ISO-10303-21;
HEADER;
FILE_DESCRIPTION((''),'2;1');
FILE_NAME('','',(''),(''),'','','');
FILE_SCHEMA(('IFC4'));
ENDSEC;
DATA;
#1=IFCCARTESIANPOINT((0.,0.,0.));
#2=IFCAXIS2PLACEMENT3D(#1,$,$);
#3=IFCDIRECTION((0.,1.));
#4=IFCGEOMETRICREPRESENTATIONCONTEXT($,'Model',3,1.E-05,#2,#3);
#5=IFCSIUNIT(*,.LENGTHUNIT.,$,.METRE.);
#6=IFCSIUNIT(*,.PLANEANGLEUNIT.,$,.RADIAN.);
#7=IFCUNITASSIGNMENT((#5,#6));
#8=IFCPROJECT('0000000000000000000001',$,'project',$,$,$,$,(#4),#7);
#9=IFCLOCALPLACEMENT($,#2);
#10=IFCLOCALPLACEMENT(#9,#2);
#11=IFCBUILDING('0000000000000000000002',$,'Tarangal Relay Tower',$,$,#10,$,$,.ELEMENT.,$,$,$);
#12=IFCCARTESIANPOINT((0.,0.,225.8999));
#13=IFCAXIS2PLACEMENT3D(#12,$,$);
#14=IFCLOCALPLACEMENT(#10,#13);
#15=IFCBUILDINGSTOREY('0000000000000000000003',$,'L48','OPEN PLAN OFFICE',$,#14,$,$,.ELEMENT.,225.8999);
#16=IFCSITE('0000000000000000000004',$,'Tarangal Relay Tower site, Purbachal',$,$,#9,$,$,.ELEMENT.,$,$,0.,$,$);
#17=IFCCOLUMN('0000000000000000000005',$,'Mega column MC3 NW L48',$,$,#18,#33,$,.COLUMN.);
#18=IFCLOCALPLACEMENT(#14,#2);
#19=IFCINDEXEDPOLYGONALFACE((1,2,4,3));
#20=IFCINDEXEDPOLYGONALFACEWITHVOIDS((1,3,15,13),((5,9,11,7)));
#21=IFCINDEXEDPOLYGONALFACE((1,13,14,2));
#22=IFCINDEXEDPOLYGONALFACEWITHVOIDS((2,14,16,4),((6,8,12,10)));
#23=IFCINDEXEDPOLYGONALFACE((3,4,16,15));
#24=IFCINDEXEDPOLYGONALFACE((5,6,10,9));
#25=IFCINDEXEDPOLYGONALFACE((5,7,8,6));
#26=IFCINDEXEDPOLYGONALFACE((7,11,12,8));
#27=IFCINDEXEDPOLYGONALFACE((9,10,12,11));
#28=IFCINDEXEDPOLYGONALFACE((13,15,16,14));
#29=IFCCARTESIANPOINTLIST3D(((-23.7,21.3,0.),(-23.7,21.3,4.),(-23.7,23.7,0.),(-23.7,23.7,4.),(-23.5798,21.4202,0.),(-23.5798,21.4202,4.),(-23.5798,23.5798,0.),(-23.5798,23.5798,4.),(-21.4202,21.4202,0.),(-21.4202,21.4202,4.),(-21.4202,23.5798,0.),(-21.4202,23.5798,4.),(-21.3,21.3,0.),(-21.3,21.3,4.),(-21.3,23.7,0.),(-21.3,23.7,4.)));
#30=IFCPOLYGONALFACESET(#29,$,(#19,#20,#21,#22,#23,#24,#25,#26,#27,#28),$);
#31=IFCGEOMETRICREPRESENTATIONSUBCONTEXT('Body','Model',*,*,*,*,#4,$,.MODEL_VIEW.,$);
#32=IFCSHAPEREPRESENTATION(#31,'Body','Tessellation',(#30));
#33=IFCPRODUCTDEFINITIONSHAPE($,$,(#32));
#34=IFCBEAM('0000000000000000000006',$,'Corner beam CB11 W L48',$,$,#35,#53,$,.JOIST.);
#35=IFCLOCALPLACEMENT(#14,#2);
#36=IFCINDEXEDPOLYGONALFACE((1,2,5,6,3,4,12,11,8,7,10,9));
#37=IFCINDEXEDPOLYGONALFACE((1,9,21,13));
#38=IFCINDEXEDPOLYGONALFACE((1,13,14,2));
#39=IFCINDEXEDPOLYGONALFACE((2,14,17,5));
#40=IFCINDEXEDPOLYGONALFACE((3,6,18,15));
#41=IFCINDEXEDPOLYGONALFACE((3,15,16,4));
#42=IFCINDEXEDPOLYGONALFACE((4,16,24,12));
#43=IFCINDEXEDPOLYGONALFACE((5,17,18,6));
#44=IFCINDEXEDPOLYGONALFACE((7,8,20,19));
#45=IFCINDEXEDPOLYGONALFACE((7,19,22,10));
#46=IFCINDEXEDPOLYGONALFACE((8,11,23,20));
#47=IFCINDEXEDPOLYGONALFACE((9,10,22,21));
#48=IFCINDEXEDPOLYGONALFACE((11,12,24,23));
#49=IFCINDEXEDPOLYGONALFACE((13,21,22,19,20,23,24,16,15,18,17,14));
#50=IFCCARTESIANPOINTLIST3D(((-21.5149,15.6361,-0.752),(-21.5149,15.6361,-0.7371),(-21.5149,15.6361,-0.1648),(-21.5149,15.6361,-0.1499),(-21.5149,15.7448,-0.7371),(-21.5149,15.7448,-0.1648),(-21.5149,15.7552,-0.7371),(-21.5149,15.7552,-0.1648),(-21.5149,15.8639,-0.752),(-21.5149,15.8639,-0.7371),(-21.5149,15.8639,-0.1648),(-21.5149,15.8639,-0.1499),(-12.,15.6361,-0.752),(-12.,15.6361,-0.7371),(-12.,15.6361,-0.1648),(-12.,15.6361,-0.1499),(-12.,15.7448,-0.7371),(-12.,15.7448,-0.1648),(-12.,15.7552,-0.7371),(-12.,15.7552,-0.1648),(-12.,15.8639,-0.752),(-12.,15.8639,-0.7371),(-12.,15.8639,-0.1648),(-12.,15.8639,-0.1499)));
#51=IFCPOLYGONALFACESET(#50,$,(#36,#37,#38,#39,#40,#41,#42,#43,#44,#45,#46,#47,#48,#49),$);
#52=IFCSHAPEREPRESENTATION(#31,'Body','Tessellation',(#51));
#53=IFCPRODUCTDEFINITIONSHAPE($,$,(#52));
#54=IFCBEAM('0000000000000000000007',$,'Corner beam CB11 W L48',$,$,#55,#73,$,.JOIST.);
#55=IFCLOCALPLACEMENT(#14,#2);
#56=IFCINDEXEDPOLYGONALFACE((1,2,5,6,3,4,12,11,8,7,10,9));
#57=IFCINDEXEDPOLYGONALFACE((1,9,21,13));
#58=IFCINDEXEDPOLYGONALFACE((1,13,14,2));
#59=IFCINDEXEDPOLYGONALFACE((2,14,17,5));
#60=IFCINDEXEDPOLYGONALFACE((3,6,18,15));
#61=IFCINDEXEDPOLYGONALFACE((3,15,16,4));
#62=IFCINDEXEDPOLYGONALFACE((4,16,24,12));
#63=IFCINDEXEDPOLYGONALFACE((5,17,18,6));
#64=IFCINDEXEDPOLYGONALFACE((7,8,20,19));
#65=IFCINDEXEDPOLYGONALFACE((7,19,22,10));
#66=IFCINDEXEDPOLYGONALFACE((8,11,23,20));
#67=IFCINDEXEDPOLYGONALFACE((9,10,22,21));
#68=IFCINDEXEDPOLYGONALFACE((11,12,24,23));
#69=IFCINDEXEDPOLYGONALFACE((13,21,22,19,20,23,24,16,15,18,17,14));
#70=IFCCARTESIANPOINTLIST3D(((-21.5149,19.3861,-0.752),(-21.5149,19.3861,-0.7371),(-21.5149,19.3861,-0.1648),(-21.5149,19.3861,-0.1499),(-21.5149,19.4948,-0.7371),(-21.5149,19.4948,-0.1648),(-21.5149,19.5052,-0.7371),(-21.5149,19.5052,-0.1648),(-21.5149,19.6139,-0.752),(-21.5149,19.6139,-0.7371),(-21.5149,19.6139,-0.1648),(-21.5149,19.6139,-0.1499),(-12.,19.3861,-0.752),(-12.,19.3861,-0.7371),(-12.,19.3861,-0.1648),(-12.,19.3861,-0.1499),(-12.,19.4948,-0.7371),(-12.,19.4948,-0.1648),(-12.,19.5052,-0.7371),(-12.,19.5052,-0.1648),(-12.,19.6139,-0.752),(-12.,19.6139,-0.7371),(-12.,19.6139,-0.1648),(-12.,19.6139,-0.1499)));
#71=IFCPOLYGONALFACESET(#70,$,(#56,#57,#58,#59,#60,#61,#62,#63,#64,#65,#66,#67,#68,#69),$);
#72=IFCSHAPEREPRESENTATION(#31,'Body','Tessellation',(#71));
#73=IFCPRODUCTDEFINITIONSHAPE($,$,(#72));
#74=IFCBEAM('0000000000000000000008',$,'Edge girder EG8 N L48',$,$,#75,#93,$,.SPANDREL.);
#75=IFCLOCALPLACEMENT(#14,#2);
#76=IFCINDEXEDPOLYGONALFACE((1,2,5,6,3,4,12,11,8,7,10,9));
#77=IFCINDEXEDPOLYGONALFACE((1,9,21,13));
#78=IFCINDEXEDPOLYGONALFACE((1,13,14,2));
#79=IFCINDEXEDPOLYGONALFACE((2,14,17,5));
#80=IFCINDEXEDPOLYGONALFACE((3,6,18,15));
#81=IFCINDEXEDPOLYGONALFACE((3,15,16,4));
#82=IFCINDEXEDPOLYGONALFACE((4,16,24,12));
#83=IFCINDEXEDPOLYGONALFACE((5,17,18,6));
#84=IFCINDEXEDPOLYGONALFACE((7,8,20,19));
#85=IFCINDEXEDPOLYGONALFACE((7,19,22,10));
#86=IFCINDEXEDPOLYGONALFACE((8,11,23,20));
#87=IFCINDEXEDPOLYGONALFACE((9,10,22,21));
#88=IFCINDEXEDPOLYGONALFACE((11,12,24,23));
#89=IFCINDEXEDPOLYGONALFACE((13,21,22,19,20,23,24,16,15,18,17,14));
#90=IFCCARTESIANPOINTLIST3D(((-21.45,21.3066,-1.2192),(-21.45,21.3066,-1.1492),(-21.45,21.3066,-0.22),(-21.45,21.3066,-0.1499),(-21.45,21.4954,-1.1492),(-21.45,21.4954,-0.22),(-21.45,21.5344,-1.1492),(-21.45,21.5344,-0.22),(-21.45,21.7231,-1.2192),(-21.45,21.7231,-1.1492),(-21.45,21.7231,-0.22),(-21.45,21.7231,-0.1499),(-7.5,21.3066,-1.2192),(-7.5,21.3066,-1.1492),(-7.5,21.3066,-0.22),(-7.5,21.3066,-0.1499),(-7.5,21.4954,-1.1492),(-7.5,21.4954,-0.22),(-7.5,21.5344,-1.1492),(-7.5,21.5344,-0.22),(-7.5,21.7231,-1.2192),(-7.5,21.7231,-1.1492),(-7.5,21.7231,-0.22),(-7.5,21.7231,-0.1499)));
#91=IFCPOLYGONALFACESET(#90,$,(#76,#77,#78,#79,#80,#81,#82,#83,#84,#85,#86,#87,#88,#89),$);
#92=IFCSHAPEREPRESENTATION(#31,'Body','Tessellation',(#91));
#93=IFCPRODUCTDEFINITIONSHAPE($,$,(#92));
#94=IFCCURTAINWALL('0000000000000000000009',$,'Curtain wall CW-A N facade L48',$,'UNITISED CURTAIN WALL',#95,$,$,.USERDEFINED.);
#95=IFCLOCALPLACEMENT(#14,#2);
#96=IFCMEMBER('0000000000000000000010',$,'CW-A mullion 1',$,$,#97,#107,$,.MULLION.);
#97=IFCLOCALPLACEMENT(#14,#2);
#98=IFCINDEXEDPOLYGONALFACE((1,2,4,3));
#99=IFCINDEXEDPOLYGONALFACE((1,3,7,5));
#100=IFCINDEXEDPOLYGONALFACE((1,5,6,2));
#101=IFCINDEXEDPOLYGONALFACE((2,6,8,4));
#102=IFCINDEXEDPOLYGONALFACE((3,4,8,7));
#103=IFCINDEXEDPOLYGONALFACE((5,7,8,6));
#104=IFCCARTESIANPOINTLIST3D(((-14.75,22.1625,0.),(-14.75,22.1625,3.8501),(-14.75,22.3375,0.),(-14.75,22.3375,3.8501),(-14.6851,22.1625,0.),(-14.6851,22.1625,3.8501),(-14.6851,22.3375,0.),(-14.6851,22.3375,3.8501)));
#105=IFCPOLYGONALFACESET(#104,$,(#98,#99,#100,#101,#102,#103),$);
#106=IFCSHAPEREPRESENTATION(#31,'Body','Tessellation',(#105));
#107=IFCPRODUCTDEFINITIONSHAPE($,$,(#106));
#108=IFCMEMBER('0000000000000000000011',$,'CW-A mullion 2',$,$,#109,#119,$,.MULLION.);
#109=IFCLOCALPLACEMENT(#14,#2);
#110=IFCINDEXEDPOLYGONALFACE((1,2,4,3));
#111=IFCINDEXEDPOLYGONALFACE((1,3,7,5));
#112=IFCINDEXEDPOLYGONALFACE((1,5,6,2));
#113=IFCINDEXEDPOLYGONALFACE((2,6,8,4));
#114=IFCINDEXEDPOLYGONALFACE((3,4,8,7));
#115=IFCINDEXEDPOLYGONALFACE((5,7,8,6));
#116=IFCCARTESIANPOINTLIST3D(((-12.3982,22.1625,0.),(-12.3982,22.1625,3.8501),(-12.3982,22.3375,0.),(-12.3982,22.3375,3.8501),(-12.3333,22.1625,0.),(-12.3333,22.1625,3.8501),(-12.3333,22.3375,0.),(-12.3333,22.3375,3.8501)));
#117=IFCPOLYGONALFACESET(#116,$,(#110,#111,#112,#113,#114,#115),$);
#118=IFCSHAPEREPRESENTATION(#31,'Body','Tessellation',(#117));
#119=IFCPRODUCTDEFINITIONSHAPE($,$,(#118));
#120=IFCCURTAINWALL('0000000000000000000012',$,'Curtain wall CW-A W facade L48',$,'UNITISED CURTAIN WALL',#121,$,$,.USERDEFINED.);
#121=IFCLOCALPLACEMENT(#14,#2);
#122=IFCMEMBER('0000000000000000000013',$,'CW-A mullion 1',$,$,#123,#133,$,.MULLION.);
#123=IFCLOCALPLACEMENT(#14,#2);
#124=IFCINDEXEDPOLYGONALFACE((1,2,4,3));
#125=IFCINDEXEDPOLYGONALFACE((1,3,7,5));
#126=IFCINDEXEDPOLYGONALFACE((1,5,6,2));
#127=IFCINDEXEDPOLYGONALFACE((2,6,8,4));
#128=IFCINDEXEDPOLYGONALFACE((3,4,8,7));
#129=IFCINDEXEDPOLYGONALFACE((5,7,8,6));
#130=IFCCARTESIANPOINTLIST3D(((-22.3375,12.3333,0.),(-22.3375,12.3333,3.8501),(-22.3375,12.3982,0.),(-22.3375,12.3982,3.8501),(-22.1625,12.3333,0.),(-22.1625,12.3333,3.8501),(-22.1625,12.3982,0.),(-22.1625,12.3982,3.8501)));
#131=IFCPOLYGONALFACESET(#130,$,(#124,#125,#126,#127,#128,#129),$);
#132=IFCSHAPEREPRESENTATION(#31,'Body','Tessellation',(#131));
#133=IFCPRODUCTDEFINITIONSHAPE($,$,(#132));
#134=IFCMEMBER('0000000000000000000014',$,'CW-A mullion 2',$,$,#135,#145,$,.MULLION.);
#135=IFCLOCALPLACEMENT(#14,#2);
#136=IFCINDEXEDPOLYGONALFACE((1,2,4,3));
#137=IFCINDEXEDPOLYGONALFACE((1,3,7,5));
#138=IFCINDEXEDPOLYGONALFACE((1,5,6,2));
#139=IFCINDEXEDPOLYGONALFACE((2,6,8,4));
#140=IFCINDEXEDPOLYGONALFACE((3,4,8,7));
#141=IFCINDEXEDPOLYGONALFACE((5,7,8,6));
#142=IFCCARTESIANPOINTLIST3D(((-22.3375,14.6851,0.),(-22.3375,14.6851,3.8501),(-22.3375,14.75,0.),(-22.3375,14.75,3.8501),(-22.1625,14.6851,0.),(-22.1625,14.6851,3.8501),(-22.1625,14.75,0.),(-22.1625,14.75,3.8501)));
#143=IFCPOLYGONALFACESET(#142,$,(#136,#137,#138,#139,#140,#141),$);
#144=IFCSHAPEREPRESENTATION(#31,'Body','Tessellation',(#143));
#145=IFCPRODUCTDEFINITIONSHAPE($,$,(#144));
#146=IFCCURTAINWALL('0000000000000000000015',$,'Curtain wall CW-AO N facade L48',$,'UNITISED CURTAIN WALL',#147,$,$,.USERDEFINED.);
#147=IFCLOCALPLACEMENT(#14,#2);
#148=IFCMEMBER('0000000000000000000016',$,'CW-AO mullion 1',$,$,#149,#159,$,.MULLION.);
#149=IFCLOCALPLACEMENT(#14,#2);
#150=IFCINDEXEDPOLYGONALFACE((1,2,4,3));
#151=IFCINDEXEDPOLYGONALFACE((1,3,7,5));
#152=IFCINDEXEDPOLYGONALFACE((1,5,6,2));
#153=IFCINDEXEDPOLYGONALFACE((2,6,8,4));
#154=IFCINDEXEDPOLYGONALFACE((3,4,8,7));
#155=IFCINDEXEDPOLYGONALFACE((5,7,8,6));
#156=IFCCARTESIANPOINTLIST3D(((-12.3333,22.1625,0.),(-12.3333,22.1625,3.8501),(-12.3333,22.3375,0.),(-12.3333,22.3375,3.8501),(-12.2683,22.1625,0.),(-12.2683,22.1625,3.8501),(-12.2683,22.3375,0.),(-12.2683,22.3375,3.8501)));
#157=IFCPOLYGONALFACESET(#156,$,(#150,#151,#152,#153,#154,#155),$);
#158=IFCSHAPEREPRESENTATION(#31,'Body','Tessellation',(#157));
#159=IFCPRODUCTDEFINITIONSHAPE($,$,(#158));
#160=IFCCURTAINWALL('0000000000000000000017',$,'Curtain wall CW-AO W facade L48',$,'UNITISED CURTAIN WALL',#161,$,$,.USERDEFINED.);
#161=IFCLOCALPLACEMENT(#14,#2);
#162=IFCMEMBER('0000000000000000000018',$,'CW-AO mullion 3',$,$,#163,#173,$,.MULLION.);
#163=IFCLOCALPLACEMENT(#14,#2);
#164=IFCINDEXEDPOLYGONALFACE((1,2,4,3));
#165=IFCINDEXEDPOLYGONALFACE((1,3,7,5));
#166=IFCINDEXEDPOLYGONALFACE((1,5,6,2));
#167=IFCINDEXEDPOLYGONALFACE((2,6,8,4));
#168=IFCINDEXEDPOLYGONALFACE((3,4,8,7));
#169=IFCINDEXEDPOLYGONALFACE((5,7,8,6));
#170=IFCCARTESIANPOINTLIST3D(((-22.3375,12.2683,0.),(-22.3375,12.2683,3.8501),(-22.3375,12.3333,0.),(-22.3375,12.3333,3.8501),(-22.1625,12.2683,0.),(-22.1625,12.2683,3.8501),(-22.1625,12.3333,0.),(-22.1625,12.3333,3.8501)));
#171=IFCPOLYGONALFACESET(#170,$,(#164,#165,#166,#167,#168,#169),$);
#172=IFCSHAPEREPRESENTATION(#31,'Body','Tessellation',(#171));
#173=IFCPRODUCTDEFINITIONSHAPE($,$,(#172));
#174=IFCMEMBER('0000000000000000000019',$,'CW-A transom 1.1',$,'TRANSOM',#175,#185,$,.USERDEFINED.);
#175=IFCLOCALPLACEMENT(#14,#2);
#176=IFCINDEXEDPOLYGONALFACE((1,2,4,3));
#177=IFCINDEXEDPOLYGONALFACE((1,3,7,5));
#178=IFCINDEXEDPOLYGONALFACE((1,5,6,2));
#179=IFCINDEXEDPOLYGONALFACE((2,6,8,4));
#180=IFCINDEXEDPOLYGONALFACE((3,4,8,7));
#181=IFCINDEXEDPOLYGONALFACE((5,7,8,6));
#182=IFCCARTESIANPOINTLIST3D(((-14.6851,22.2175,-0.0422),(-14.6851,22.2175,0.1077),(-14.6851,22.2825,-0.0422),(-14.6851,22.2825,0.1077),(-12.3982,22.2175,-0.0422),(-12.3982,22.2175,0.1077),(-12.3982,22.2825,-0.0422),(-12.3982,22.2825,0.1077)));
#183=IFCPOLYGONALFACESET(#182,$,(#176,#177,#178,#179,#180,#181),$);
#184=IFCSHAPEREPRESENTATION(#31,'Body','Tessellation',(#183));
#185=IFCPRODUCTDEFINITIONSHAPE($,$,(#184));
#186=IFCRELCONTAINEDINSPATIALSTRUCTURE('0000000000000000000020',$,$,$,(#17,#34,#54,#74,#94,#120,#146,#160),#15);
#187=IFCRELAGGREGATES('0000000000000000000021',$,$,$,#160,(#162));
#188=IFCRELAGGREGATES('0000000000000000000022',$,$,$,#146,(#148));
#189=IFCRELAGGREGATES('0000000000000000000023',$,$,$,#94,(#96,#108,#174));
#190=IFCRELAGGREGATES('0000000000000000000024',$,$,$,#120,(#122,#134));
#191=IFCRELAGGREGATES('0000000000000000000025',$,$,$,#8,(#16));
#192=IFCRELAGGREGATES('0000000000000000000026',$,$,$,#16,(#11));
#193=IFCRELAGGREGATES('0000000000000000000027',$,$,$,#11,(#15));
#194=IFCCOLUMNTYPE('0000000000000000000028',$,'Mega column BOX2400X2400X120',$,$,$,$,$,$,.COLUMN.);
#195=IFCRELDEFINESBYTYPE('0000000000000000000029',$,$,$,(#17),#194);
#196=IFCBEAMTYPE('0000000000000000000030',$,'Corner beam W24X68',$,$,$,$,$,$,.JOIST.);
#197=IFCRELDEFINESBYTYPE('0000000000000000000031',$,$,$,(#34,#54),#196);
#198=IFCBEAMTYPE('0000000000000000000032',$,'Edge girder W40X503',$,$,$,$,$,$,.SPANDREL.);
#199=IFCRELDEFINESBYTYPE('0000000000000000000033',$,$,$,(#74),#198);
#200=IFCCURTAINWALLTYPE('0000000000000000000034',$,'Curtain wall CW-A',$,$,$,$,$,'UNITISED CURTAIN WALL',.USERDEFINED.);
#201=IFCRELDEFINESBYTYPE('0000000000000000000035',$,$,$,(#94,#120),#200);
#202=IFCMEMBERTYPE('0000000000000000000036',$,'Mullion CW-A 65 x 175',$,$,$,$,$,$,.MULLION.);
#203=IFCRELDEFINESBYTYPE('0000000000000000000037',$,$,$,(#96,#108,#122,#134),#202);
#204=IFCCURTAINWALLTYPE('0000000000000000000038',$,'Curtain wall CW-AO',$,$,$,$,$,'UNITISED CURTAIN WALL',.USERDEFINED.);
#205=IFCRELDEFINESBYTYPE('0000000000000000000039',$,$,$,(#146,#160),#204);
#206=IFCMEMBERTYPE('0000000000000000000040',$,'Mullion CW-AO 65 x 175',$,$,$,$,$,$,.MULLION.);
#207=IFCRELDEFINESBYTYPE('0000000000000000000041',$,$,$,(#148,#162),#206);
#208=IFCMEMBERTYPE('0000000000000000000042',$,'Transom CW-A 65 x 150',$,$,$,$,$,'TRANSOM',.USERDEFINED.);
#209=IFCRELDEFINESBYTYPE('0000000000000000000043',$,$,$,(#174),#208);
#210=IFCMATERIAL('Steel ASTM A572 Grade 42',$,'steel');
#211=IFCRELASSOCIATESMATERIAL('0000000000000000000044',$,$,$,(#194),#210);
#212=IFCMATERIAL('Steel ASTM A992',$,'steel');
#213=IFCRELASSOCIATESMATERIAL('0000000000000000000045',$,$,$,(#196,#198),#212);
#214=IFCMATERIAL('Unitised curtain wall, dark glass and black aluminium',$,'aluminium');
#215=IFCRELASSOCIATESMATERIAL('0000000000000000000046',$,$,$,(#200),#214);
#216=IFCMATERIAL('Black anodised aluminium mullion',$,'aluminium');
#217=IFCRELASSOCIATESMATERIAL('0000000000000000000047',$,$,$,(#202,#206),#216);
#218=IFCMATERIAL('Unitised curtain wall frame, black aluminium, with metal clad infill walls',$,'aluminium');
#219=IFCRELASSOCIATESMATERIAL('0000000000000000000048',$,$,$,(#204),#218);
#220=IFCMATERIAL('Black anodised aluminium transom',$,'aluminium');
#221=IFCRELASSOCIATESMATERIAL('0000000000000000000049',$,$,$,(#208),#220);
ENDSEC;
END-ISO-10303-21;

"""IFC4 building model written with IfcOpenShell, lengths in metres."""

from ifc_helpers import new_model, si_unit, direction, frame, origin, origin_2d, place, context, subcontext, project, spatial, rectangle, hollow_rectangle, i_section, extrude, material, material_profile, profile_set, type_object, element, aggregate, save


model = new_model("IFC4")

# Units and contexts
model_context = context("Model", 3, precision=1e-05, world=origin(), true_north=direction((0.0, 1.0)))
body_context = subcontext(model_context, "Body", "Model", "MODEL_VIEW")
ifc_project = project(units=[si_unit("LENGTHUNIT", "METRE"), si_unit("PLANEANGLEUNIT", "RADIAN")], contexts=[model_context])

# Site, building, storey
site_placement = place(None, origin())
site = spatial("IfcSite", under=ifc_project, at=site_placement, Name="Tarangal Relay Tower site, Purbachal", CompositionType="ELEMENT", RefElevation=0.0)
building_placement = place(site_placement, origin())
building = spatial("IfcBuilding", under=site, at=building_placement, Name="Tarangal Relay Tower", CompositionType="ELEMENT")
storey_placement = place(building_placement, frame((0.0, 0.0, 225.8999)))
storey = spatial("IfcBuildingStorey", under=building, at=storey_placement, Name="L48", Description="OPEN PLAN OFFICE", CompositionType="ELEMENT", Elevation=225.8999)

# Column
ifc_material_1 = material(Name="Steel ASTM A572 Grade 42", Category="steel")
ifc_material_profile_1 = material_profile(ifc_material_1, hollow_rectangle(XDim=2.3999, YDim=2.3999, WallThickness=0.1201, at=origin_2d()), Name="BOX2400X2400X120")
ifc_profile_set_1 = profile_set([ifc_material_profile_1], Name="Steel ASTM A572 Grade 42")
column_type = type_object("IfcColumnType", Name="Mega column BOX2400X2400X120", PredefinedType="COLUMN", material=ifc_profile_set_1)
column_placement = place(storey_placement, frame((-22.5, 22.5, 0.0), z_axis=(0.0, 0.0, 1.0), x_axis=(1.0, 0.0, 0.0)))
element("IfcColumn", 1, at=column_placement, inside=storey, type_object=column_type, Name="Mega column MC3 NW L48", PredefinedType="COLUMN", context=body_context, shape_type="SweptSolid", body=[
    extrude(hollow_rectangle(XDim=2.3999, YDim=2.3999, WallThickness=0.1201, at=origin_2d()), origin(), (0.0, 0.0, 1.0), 4.0),
])

# Beams
ifc_material_2 = material(Name="Steel ASTM A992", Category="steel")
ifc_material_profile_2 = material_profile(ifc_material_2, i_section(OverallWidth=0.2278, OverallDepth=0.6021, WebThickness=0.0105, FlangeThickness=0.0149, at=origin_2d()), Name="W24X68")
ifc_profile_set_2 = profile_set([ifc_material_profile_2], Name="Steel ASTM A992")
beam_type_1 = type_object("IfcBeamType", Name="Corner beam W24X68", PredefinedType="JOIST", material=ifc_profile_set_2)
for number, where, z_axis, x_axis, name in (
    (2, (-12.0, 15.75, -0.4509), (-1.0, 0.0, 0.0), (0.0, -1.0, 0.0), "Corner beam CB11 W L48"),
    (3, (-12.0, 19.5, -0.4509), (-1.0, 0.0, 0.0), (0.0, -1.0, 0.0), "Corner beam CB11 W L48"),
):
    element("IfcBeam", number, at=place(storey_placement, frame(where, z_axis=z_axis, x_axis=x_axis)), inside=storey, type_object=beam_type_1, Name=name, PredefinedType="JOIST", context=body_context, shape_type="SweptSolid", body=[
        extrude(i_section(OverallWidth=0.2278, OverallDepth=0.6021, WebThickness=0.0105, FlangeThickness=0.0149, at=origin_2d()), origin(), (0.0, 0.0, 1.0), 9.5149),
    ])
ifc_material_profile_3 = material_profile(ifc_material_2, i_section(OverallWidth=0.4165, OverallDepth=1.0693, WebThickness=0.0391, FlangeThickness=0.0701, at=origin_2d()), Name="W40X503")
ifc_profile_set_3 = profile_set([ifc_material_profile_3], Name="Steel ASTM A992")
beam_type_2 = type_object("IfcBeamType", Name="Edge girder W40X503", PredefinedType="SPANDREL", material=ifc_profile_set_3)
beam_placement = place(storey_placement, frame((-21.45, 21.5149, -0.6846), z_axis=(1.0, 0.0, 0.0), x_axis=(0.0, 1.0, 0.0)))
element("IfcBeam", 4, at=beam_placement, inside=storey, type_object=beam_type_2, Name="Edge girder EG8 N L48", PredefinedType="SPANDREL", context=body_context, shape_type="SweptSolid", body=[
    extrude(i_section(OverallWidth=0.4165, OverallDepth=1.0693, WebThickness=0.0391, FlangeThickness=0.0701, at=origin_2d()), origin(), (0.0, 0.0, 1.0), 13.95),
])

# Curtain walls, members
ifc_material_3 = material(Name="Unitised curtain wall, dark glass and black aluminium", Category="aluminium")
curtain_wall_type_1 = type_object("IfcCurtainWallType", Name="Curtain wall CW-A", ElementType="UNITISED CURTAIN WALL", PredefinedType="USERDEFINED", material=ifc_material_3)
curtain_wall_1_placement = place(storey_placement, origin())
curtain_wall_1 = element("IfcCurtainWall", 5, at=curtain_wall_1_placement, inside=storey, type_object=curtain_wall_type_1, Name="Curtain wall CW-A N facade L48", ObjectType="UNITISED CURTAIN WALL", PredefinedType="USERDEFINED")
ifc_material_4 = material(Name="Black anodised aluminium mullion", Category="aluminium")
ifc_material_profile_4 = material_profile(ifc_material_4, rectangle(XDim=0.175, YDim=0.0649, at=origin_2d()), Name="CW-AM 65X175")
ifc_profile_set_4 = profile_set([ifc_material_profile_4], Name="Black anodised aluminium mullion")
member_type_1 = type_object("IfcMemberType", Name="Mullion CW-A 65 x 175", PredefinedType="MULLION", material=ifc_profile_set_4)
member_1_placement = place(storey_placement, frame((-14.7175, 22.25, 0.0), z_axis=(0.0, 0.0, 1.0), x_axis=(0.0, 1.0, 0.0)))
member_1 = element("IfcMember", 6, at=member_1_placement, type_object=member_type_1, Name="CW-A mullion 1", PredefinedType="MULLION", context=body_context, shape_type="SweptSolid", body=[
    extrude(rectangle(XDim=0.175, YDim=0.0649, at=origin_2d()), origin(), (0.0, 0.0, 1.0), 3.8501),
])
member_2_placement = place(storey_placement, frame((-12.3657, 22.25, 0.0), z_axis=(0.0, 0.0, 1.0), x_axis=(0.0, 1.0, 0.0)))
member_2 = element("IfcMember", 7, at=member_2_placement, type_object=member_type_1, Name="CW-A mullion 2", PredefinedType="MULLION", context=body_context, shape_type="SweptSolid", body=[
    extrude(rectangle(XDim=0.175, YDim=0.0649, at=origin_2d()), origin(), (0.0, 0.0, 1.0), 3.8501),
])
curtain_wall_2_placement = place(storey_placement, origin())
curtain_wall_2 = element("IfcCurtainWall", 8, at=curtain_wall_2_placement, inside=storey, type_object=curtain_wall_type_1, Name="Curtain wall CW-A W facade L48", ObjectType="UNITISED CURTAIN WALL", PredefinedType="USERDEFINED")
member_3_placement = place(storey_placement, frame((-22.25, 12.3657, 0.0), z_axis=(0.0, 0.0, 1.0), x_axis=(-1.0, 0.0, 0.0)))
member_3 = element("IfcMember", 9, at=member_3_placement, type_object=member_type_1, Name="CW-A mullion 1", PredefinedType="MULLION", context=body_context, shape_type="SweptSolid", body=[
    extrude(rectangle(XDim=0.175, YDim=0.0649, at=origin_2d()), origin(), (0.0, 0.0, 1.0), 3.8501),
])
member_4_placement = place(storey_placement, frame((-22.25, 14.7175, 0.0), z_axis=(0.0, 0.0, 1.0), x_axis=(-1.0, 0.0, 0.0)))
member_4 = element("IfcMember", 10, at=member_4_placement, type_object=member_type_1, Name="CW-A mullion 2", PredefinedType="MULLION", context=body_context, shape_type="SweptSolid", body=[
    extrude(rectangle(XDim=0.175, YDim=0.0649, at=origin_2d()), origin(), (0.0, 0.0, 1.0), 3.8501),
])

# Curtain walls, members
ifc_material_5 = material(Name="Unitised curtain wall frame, black aluminium, with metal clad infill walls", Category="aluminium")
curtain_wall_type_2 = type_object("IfcCurtainWallType", Name="Curtain wall CW-AO", ElementType="UNITISED CURTAIN WALL", PredefinedType="USERDEFINED", material=ifc_material_5)
curtain_wall_3_placement = place(storey_placement, origin())
curtain_wall_3 = element("IfcCurtainWall", 11, at=curtain_wall_3_placement, inside=storey, type_object=curtain_wall_type_2, Name="Curtain wall CW-AO N facade L48", ObjectType="UNITISED CURTAIN WALL", PredefinedType="USERDEFINED")
ifc_material_profile_5 = material_profile(ifc_material_4, rectangle(XDim=0.175, YDim=0.0649, at=origin_2d()), Name="CW-AOM 65X175")
ifc_profile_set_5 = profile_set([ifc_material_profile_5], Name="Black anodised aluminium mullion")
member_type_2 = type_object("IfcMemberType", Name="Mullion CW-AO 65 x 175", PredefinedType="MULLION", material=ifc_profile_set_5)
member_5_placement = place(storey_placement, frame((-12.3008, 22.25, 0.0), z_axis=(0.0, 0.0, 1.0), x_axis=(0.0, 1.0, 0.0)))
member_5 = element("IfcMember", 12, at=member_5_placement, type_object=member_type_2, Name="CW-AO mullion 1", PredefinedType="MULLION", context=body_context, shape_type="SweptSolid", body=[
    extrude(rectangle(XDim=0.175, YDim=0.0649, at=origin_2d()), origin(), (0.0, 0.0, 1.0), 3.8501),
])
curtain_wall_4_placement = place(storey_placement, origin())
curtain_wall_4 = element("IfcCurtainWall", 13, at=curtain_wall_4_placement, inside=storey, type_object=curtain_wall_type_2, Name="Curtain wall CW-AO W facade L48", ObjectType="UNITISED CURTAIN WALL", PredefinedType="USERDEFINED")
member_6_placement = place(storey_placement, frame((-22.25, 12.3008, 0.0), z_axis=(0.0, 0.0, 1.0), x_axis=(-1.0, 0.0, 0.0)))
member_6 = element("IfcMember", 14, at=member_6_placement, type_object=member_type_2, Name="CW-AO mullion 3", PredefinedType="MULLION", context=body_context, shape_type="SweptSolid", body=[
    extrude(rectangle(XDim=0.175, YDim=0.0649, at=origin_2d()), origin(), (0.0, 0.0, 1.0), 3.8501),
])
aggregate(curtain_wall_4, [member_6])

# Member
ifc_material_6 = material(Name="Black anodised aluminium transom", Category="aluminium")
ifc_material_profile_6 = material_profile(ifc_material_6, rectangle(XDim=0.0649, YDim=0.1499, at=origin_2d()), Name="CW-AT 65X150")
ifc_profile_set_6 = profile_set([ifc_material_profile_6], Name="Black anodised aluminium transom")
member_type_3 = type_object("IfcMemberType", Name="Transom CW-A 65 x 150", ElementType="TRANSOM", PredefinedType="USERDEFINED", material=ifc_profile_set_6)
member_7_placement = place(storey_placement, frame((-14.6851, 22.25, 0.0327), z_axis=(1.0, 0.0, 0.0), x_axis=(0.0, 1.0, 0.0)))
member_7 = element("IfcMember", 15, at=member_7_placement, type_object=member_type_3, Name="CW-A transom 1.1", ObjectType="TRANSOM", PredefinedType="USERDEFINED", context=body_context, shape_type="SweptSolid", body=[
    extrude(rectangle(XDim=0.0649, YDim=0.1499, at=origin_2d()), origin(), (0.0, 0.0, 1.0), 2.2869),
])
aggregate(curtain_wall_3, [member_5])

aggregate(curtain_wall_1, [member_1, member_2, member_7])
aggregate(curtain_wall_2, [member_3, member_4])

save(model, "model.ifc")
